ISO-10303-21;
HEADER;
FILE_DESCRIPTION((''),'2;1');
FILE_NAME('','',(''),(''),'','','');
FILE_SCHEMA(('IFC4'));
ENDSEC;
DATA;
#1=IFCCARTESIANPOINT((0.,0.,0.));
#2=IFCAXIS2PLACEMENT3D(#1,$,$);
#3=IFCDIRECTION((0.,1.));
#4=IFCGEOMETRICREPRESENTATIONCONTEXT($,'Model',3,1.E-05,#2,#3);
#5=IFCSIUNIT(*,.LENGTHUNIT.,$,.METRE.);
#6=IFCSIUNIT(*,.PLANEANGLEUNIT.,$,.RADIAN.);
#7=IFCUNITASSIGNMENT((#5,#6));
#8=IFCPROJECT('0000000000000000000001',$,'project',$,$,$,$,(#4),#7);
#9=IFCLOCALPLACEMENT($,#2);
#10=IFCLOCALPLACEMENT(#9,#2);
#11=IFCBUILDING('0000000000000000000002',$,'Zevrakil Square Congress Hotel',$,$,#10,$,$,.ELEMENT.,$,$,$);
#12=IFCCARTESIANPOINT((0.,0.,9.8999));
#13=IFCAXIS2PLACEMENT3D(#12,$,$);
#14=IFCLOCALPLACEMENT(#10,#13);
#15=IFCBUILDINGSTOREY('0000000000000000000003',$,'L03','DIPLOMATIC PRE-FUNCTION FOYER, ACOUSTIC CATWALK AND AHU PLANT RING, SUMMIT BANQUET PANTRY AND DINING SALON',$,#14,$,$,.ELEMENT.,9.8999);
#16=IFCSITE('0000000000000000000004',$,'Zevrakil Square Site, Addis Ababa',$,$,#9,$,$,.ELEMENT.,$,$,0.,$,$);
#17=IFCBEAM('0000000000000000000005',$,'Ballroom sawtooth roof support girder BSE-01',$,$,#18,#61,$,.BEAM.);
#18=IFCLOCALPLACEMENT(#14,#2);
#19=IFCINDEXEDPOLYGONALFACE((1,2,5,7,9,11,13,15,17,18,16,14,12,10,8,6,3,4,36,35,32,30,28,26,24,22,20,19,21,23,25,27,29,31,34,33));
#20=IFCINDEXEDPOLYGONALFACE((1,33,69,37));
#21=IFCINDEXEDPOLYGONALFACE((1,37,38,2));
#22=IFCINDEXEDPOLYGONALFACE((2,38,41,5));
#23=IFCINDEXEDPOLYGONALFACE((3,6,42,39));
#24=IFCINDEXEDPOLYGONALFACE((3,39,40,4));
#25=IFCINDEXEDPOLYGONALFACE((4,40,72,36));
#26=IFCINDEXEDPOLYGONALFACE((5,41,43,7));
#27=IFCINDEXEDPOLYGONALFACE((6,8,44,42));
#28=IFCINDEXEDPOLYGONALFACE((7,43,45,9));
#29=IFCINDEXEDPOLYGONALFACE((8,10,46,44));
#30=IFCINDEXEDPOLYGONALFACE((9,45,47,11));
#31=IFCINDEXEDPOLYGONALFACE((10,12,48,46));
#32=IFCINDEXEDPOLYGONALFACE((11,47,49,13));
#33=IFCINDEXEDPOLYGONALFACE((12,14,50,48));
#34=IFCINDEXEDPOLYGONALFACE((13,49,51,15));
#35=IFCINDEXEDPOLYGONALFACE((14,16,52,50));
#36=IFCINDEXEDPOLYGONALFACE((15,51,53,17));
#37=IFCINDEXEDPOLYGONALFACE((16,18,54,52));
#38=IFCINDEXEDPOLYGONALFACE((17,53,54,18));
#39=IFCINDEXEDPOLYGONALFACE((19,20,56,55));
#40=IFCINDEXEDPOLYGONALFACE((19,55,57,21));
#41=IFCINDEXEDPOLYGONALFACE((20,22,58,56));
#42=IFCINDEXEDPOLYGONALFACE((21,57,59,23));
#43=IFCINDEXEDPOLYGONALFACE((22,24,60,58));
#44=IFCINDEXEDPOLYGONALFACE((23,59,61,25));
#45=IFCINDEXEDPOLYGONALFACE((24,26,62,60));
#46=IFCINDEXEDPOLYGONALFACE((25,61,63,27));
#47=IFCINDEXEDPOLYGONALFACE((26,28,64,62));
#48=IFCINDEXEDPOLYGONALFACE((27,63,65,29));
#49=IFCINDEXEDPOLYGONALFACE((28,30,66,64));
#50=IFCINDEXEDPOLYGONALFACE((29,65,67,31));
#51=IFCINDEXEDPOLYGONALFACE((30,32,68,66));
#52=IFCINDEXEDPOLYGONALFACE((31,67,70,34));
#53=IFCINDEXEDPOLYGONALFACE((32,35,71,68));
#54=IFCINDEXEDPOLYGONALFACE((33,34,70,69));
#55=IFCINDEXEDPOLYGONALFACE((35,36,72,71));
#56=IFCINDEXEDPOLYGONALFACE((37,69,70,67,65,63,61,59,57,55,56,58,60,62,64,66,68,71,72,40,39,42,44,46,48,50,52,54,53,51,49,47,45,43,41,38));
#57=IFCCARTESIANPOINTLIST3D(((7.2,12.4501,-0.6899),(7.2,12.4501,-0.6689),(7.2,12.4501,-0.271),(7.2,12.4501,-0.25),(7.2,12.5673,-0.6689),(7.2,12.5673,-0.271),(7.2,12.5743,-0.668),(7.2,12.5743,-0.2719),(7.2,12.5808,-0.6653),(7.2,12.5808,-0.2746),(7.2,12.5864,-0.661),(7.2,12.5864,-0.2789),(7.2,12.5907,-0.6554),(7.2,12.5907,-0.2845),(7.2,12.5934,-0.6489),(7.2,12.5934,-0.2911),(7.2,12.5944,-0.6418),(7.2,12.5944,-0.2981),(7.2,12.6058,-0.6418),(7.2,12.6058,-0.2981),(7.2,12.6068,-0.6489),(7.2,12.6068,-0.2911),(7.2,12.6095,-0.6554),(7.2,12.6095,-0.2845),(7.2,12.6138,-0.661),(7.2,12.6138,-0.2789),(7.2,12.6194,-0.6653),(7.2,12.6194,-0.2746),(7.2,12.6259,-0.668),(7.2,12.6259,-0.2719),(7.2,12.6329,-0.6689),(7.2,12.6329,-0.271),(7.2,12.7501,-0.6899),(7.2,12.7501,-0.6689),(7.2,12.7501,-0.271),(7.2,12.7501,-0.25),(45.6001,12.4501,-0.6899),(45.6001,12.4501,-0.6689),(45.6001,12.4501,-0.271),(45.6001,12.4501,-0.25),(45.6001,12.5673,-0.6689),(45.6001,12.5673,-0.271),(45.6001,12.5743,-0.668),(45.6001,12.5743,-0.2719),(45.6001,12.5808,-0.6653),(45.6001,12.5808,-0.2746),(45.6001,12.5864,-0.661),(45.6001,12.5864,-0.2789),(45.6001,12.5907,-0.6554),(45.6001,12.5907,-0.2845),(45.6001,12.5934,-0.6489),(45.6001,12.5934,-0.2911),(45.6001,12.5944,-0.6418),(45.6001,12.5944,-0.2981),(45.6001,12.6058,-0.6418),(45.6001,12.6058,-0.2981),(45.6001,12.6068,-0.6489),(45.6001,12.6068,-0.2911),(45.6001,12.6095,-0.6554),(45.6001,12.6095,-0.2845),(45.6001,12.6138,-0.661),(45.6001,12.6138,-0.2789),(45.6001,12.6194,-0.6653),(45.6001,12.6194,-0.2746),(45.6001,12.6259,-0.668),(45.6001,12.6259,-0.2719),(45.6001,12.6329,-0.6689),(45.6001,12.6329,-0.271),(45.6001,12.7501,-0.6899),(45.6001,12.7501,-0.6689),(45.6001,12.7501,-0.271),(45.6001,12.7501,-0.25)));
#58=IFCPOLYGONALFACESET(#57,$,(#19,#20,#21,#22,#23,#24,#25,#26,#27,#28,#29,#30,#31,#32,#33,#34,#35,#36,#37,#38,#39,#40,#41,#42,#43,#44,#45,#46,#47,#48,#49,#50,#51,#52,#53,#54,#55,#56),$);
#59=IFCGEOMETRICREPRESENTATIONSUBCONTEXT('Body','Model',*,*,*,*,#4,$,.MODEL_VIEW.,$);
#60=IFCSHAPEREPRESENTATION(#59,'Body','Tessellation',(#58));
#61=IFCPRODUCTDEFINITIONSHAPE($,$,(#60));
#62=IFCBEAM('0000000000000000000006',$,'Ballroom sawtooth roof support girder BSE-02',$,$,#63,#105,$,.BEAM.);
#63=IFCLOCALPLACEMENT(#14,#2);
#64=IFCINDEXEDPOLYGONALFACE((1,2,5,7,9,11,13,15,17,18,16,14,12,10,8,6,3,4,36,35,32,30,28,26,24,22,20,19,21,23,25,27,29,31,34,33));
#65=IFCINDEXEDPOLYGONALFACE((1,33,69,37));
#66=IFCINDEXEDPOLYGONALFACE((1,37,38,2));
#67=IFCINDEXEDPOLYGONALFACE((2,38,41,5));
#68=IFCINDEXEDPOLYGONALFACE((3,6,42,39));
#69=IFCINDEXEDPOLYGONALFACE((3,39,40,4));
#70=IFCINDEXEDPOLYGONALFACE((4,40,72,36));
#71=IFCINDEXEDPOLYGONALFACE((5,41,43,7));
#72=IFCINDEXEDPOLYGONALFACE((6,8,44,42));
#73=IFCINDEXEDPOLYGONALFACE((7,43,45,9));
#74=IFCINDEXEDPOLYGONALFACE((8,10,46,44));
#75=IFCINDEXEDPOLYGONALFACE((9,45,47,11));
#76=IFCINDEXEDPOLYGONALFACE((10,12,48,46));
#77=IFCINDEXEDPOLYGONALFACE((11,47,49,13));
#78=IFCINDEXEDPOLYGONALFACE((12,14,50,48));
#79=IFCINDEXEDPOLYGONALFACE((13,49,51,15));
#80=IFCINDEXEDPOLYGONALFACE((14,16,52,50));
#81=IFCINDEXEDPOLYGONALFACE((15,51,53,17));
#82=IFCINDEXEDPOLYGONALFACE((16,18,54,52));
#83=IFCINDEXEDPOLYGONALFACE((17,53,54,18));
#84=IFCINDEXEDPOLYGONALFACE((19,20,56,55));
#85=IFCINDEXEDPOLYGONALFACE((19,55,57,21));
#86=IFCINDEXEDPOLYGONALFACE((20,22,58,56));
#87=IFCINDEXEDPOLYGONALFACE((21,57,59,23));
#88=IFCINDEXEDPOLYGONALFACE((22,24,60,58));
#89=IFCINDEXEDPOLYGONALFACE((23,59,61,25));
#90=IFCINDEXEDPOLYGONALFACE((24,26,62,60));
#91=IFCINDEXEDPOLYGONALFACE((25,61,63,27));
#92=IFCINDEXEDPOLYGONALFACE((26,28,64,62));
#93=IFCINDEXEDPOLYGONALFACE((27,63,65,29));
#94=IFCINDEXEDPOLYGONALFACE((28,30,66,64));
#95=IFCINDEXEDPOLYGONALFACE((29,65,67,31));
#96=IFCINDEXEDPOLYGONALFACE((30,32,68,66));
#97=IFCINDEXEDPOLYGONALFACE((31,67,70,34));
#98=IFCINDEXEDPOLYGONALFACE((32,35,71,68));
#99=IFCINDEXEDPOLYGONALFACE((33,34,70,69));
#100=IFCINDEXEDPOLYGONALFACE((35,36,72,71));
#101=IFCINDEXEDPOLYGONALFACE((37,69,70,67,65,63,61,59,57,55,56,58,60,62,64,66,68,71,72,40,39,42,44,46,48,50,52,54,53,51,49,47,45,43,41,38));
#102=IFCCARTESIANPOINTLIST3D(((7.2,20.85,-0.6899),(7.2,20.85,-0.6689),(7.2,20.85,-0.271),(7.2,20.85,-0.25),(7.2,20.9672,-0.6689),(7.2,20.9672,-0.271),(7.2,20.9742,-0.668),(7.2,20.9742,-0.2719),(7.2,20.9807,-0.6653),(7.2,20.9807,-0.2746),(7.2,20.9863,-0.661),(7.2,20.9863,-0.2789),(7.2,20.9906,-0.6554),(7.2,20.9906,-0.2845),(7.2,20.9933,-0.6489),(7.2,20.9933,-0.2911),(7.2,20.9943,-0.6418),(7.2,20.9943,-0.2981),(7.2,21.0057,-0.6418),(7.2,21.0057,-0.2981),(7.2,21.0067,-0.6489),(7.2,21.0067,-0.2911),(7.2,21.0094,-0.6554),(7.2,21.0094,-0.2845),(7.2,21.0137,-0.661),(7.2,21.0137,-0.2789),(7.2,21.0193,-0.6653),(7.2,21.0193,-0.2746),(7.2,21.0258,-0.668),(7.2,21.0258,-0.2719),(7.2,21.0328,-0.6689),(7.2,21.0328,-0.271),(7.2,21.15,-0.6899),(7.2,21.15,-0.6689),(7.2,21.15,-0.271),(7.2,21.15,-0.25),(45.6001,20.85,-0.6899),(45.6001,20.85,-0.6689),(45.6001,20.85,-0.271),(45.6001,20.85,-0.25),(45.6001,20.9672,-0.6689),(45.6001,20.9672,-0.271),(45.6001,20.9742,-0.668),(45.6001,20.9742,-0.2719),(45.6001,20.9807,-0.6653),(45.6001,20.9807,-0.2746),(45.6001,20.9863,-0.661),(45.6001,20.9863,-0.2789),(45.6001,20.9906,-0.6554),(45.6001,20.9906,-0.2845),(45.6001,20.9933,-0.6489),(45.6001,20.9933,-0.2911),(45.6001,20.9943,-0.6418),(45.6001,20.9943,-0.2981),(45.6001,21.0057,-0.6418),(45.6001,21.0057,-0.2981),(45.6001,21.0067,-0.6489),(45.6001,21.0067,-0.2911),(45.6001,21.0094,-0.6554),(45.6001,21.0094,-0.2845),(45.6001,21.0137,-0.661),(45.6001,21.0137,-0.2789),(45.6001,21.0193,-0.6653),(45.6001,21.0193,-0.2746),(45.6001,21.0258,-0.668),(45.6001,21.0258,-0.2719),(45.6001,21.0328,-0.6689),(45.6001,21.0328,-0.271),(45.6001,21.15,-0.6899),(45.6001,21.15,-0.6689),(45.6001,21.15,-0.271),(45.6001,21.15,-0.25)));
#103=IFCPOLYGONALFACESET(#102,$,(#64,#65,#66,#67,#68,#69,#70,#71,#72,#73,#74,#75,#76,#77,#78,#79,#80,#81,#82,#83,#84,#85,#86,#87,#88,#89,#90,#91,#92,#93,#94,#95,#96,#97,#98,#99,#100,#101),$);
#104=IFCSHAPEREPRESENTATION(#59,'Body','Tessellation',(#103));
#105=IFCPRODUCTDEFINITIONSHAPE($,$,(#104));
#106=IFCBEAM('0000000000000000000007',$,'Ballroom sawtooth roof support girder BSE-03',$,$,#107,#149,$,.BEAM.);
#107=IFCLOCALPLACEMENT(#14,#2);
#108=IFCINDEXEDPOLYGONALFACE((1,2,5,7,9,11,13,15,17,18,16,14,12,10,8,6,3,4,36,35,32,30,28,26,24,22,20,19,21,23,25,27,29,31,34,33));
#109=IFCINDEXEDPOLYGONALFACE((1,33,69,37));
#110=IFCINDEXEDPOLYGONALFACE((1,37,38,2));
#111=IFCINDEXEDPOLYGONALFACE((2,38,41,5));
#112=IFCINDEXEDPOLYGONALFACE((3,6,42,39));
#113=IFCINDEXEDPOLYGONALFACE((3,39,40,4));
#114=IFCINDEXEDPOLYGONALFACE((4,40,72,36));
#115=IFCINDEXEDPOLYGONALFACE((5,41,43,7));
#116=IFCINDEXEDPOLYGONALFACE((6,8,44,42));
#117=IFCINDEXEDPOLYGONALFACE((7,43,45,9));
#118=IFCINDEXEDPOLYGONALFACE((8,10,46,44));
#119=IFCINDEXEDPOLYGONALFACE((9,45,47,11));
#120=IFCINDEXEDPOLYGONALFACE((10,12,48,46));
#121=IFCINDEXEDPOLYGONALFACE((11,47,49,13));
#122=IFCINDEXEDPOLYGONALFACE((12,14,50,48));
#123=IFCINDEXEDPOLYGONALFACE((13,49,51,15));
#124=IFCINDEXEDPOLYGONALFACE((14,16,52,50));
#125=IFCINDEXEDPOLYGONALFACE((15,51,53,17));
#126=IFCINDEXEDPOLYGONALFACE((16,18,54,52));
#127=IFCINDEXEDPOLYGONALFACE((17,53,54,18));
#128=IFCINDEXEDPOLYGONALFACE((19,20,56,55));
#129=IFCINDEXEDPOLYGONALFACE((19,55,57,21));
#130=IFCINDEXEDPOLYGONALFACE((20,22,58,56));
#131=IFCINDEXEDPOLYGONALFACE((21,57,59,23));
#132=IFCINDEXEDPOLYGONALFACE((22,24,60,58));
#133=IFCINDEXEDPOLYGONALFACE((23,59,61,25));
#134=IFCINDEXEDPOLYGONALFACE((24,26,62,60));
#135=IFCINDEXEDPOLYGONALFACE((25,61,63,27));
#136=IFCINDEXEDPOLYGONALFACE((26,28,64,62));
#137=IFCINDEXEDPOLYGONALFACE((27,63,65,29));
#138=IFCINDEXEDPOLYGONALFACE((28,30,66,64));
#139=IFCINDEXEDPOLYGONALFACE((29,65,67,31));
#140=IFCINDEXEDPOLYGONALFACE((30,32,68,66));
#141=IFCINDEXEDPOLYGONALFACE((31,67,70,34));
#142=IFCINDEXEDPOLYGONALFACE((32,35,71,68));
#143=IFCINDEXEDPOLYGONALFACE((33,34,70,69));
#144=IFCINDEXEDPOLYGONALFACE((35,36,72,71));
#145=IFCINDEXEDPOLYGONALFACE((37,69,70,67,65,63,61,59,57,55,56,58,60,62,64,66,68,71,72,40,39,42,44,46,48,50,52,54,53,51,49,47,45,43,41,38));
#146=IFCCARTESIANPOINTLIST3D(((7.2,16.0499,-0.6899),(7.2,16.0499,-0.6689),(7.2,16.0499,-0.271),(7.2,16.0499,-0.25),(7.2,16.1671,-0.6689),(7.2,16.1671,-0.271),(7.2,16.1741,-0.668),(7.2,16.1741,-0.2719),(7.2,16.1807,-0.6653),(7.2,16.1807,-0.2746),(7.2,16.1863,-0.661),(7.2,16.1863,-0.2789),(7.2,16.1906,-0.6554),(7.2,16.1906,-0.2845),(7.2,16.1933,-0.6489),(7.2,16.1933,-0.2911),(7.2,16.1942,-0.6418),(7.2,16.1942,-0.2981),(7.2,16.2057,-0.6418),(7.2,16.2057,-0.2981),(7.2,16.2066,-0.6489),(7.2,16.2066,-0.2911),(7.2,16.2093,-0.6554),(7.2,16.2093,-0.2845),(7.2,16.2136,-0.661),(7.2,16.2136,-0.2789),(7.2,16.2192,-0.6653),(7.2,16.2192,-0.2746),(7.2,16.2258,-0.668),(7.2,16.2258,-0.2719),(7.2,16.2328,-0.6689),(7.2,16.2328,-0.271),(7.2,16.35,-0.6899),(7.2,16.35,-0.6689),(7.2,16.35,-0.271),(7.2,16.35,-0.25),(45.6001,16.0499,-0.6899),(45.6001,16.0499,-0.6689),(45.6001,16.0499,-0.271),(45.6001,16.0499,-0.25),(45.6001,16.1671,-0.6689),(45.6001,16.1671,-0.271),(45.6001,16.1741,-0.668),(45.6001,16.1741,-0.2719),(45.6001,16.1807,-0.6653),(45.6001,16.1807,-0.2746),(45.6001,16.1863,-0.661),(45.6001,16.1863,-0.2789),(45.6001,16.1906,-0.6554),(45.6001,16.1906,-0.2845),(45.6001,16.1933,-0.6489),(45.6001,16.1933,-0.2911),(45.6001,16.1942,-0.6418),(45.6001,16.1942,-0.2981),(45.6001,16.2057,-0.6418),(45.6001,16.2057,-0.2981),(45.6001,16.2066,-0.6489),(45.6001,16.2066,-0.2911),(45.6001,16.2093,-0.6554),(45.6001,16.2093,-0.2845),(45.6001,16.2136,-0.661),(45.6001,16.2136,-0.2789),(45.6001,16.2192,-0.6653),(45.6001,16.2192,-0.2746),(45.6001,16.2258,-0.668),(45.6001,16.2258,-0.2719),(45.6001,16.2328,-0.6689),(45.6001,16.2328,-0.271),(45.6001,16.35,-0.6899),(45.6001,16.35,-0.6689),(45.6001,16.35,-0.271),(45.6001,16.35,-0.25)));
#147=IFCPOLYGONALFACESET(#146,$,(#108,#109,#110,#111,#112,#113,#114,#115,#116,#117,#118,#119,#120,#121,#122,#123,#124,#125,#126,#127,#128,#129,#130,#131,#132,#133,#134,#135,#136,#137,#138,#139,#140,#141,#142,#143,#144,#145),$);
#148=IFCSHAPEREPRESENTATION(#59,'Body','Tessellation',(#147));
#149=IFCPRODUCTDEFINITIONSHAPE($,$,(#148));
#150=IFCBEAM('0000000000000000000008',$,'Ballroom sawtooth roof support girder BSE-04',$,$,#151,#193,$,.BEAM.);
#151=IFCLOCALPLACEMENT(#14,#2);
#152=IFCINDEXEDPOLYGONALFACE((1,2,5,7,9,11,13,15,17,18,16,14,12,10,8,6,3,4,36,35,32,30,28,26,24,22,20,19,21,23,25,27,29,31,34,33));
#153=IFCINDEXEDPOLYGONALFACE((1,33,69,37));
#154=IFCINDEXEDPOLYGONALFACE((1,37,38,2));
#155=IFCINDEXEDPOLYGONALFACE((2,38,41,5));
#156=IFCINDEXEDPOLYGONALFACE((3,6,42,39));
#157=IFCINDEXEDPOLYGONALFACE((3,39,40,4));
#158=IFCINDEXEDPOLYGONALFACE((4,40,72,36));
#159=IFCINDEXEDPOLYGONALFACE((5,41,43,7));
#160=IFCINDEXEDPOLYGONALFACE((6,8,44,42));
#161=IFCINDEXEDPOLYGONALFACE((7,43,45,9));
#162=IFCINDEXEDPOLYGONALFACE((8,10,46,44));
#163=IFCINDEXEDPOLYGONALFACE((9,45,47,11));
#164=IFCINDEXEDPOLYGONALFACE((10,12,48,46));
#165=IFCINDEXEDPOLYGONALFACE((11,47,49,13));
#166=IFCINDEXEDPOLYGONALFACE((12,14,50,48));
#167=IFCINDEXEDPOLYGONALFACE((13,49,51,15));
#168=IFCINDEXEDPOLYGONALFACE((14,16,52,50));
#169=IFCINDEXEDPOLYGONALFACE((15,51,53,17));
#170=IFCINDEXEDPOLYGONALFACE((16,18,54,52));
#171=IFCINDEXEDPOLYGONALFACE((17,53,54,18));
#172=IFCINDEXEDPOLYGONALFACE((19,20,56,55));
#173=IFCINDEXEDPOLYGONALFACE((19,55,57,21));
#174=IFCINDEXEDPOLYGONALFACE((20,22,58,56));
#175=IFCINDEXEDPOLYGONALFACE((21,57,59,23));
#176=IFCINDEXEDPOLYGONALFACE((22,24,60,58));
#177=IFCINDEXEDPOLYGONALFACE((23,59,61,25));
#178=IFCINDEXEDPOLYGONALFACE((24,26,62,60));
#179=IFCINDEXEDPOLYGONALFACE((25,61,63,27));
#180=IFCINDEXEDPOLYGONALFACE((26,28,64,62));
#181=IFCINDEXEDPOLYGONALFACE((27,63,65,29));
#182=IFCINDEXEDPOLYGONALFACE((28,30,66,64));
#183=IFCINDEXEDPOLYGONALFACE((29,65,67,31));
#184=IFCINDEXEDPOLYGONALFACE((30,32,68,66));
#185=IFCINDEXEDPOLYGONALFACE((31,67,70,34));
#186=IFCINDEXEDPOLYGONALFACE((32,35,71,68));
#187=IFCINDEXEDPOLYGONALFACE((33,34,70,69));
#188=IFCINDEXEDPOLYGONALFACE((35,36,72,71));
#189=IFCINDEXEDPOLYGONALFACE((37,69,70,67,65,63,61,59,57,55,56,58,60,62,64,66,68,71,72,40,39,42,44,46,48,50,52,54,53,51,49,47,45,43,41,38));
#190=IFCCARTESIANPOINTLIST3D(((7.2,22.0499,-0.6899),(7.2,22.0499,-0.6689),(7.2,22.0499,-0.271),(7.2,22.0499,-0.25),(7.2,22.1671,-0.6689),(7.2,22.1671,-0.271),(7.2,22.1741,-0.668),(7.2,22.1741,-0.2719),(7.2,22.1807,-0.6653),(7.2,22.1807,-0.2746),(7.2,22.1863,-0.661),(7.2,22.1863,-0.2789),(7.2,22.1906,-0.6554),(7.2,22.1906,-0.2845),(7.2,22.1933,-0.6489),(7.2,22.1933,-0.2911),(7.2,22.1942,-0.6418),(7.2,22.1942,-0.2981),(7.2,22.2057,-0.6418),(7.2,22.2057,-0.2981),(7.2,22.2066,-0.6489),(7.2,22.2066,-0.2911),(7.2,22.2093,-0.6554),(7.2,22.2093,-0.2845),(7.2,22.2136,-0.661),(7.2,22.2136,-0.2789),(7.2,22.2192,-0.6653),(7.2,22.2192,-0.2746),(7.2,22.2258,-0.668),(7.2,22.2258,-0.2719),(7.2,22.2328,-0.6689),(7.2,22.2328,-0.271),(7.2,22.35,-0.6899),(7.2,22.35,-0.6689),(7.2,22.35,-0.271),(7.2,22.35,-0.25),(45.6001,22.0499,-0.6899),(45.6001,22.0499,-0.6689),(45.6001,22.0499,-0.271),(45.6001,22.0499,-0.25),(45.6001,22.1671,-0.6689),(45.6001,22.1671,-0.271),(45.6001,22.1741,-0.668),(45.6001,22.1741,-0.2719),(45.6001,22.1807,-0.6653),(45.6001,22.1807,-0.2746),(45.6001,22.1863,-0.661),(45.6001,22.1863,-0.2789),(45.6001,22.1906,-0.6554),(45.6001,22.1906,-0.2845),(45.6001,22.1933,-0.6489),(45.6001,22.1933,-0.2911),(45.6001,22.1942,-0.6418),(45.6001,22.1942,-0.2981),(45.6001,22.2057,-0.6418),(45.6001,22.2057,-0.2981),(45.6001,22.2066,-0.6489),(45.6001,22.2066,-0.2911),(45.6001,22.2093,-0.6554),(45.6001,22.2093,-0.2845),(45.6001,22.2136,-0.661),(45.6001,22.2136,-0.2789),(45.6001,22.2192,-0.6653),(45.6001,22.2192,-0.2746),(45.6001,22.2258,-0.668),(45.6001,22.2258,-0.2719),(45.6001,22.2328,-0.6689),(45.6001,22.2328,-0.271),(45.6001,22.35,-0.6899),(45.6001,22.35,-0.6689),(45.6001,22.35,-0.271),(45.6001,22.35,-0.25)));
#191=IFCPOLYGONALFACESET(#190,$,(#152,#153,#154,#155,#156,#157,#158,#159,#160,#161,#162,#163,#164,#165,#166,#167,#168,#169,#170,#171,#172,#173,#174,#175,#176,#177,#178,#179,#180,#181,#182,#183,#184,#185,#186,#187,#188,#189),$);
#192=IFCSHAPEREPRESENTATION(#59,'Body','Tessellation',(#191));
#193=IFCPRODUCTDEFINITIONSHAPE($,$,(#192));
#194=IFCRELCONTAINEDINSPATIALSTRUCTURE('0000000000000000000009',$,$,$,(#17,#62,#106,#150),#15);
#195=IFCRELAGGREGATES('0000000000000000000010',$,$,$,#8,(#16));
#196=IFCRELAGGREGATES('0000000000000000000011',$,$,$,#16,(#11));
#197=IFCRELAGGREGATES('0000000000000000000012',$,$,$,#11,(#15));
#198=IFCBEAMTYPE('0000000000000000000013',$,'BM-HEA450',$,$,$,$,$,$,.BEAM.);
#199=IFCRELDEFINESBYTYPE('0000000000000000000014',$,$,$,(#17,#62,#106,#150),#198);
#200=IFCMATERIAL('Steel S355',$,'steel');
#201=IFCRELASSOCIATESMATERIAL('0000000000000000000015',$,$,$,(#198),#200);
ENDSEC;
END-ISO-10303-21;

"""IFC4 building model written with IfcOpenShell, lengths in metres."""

from ifc_helpers import new_model, si_unit, direction, frame, origin, origin_2d, place, context, subcontext, project, spatial, i_section, extrude, material, material_profile, profile_set, type_object, element, save


model = new_model("IFC4")

# Units and contexts
model_context = context("Model", 3, precision=1e-05, world=origin(), true_north=direction((0.0, 1.0)))
body_context = subcontext(model_context, "Body", "Model", "MODEL_VIEW")
ifc_project = project(units=[si_unit("LENGTHUNIT", "METRE"), si_unit("PLANEANGLEUNIT", "RADIAN")], contexts=[model_context])

# Site, building, storey
site_placement = place(None, origin())
site = spatial("IfcSite", under=ifc_project, at=site_placement, Name="Zevrakil Square Site, Addis Ababa", CompositionType="ELEMENT", RefElevation=0.0)
building_placement = place(site_placement, origin())
building = spatial("IfcBuilding", under=site, at=building_placement, Name="Zevrakil Square Congress Hotel", CompositionType="ELEMENT")
storey_placement = place(building_placement, frame((0.0, 0.0, 9.8999)))
storey = spatial("IfcBuildingStorey", under=building, at=storey_placement, Name="L03", Description="DIPLOMATIC PRE-FUNCTION FOYER, ACOUSTIC CATWALK AND AHU PLANT RING, SUMMIT BANQUET PANTRY AND DINING SALON", CompositionType="ELEMENT", Elevation=9.8999)

# Beams
ifc_material_1 = material(Name="Steel S355", Category="steel")
ifc_material_profile_1 = material_profile(ifc_material_1, i_section(OverallWidth=0.3, OverallDepth=0.4399, WebThickness=0.0115, FlangeThickness=0.021, FilletRadius=0.0271, at=origin_2d()), Name="HEA 450")
ifc_profile_set_1 = profile_set([ifc_material_profile_1], Name="Steel S355")
beam_type_1 = type_object("IfcBeamType", Name="BM-HEA450", PredefinedType="BEAM", material=ifc_profile_set_1)
for number, where, z_axis, x_axis, name in (
    (1, (7.2, 12.6001, -0.47), (1.0, 0.0, 0.0), (0.0, 1.0, 0.0), "Ballroom sawtooth roof support girder BSE-01"),
    (2, (7.2, 21.0, -0.47), (1.0, 0.0, 0.0), (0.0, 1.0, 0.0), "Ballroom sawtooth roof support girder BSE-02"),
    (3, (7.2, 16.2, -0.47), (1.0, 0.0, 0.0), (0.0, 1.0, 0.0), "Ballroom sawtooth roof support girder BSE-03"),
    (4, (7.2, 22.2, -0.47), (1.0, 0.0, 0.0), (0.0, 1.0, 0.0), "Ballroom sawtooth roof support girder BSE-04"),
):
    element("IfcBeam", number, at=place(storey_placement, frame(where, z_axis=z_axis, x_axis=x_axis)), inside=storey, type_object=beam_type_1, Name=name, PredefinedType="BEAM", context=body_context, shape_type="SweptSolid", body=[
        extrude(i_section(OverallWidth=0.3, OverallDepth=0.4399, WebThickness=0.0115, FlangeThickness=0.021, FilletRadius=0.0271, at=origin_2d()), origin(), (0.0, 0.0, 1.0), 38.4001),
    ])

save(model, "model.ifc")
